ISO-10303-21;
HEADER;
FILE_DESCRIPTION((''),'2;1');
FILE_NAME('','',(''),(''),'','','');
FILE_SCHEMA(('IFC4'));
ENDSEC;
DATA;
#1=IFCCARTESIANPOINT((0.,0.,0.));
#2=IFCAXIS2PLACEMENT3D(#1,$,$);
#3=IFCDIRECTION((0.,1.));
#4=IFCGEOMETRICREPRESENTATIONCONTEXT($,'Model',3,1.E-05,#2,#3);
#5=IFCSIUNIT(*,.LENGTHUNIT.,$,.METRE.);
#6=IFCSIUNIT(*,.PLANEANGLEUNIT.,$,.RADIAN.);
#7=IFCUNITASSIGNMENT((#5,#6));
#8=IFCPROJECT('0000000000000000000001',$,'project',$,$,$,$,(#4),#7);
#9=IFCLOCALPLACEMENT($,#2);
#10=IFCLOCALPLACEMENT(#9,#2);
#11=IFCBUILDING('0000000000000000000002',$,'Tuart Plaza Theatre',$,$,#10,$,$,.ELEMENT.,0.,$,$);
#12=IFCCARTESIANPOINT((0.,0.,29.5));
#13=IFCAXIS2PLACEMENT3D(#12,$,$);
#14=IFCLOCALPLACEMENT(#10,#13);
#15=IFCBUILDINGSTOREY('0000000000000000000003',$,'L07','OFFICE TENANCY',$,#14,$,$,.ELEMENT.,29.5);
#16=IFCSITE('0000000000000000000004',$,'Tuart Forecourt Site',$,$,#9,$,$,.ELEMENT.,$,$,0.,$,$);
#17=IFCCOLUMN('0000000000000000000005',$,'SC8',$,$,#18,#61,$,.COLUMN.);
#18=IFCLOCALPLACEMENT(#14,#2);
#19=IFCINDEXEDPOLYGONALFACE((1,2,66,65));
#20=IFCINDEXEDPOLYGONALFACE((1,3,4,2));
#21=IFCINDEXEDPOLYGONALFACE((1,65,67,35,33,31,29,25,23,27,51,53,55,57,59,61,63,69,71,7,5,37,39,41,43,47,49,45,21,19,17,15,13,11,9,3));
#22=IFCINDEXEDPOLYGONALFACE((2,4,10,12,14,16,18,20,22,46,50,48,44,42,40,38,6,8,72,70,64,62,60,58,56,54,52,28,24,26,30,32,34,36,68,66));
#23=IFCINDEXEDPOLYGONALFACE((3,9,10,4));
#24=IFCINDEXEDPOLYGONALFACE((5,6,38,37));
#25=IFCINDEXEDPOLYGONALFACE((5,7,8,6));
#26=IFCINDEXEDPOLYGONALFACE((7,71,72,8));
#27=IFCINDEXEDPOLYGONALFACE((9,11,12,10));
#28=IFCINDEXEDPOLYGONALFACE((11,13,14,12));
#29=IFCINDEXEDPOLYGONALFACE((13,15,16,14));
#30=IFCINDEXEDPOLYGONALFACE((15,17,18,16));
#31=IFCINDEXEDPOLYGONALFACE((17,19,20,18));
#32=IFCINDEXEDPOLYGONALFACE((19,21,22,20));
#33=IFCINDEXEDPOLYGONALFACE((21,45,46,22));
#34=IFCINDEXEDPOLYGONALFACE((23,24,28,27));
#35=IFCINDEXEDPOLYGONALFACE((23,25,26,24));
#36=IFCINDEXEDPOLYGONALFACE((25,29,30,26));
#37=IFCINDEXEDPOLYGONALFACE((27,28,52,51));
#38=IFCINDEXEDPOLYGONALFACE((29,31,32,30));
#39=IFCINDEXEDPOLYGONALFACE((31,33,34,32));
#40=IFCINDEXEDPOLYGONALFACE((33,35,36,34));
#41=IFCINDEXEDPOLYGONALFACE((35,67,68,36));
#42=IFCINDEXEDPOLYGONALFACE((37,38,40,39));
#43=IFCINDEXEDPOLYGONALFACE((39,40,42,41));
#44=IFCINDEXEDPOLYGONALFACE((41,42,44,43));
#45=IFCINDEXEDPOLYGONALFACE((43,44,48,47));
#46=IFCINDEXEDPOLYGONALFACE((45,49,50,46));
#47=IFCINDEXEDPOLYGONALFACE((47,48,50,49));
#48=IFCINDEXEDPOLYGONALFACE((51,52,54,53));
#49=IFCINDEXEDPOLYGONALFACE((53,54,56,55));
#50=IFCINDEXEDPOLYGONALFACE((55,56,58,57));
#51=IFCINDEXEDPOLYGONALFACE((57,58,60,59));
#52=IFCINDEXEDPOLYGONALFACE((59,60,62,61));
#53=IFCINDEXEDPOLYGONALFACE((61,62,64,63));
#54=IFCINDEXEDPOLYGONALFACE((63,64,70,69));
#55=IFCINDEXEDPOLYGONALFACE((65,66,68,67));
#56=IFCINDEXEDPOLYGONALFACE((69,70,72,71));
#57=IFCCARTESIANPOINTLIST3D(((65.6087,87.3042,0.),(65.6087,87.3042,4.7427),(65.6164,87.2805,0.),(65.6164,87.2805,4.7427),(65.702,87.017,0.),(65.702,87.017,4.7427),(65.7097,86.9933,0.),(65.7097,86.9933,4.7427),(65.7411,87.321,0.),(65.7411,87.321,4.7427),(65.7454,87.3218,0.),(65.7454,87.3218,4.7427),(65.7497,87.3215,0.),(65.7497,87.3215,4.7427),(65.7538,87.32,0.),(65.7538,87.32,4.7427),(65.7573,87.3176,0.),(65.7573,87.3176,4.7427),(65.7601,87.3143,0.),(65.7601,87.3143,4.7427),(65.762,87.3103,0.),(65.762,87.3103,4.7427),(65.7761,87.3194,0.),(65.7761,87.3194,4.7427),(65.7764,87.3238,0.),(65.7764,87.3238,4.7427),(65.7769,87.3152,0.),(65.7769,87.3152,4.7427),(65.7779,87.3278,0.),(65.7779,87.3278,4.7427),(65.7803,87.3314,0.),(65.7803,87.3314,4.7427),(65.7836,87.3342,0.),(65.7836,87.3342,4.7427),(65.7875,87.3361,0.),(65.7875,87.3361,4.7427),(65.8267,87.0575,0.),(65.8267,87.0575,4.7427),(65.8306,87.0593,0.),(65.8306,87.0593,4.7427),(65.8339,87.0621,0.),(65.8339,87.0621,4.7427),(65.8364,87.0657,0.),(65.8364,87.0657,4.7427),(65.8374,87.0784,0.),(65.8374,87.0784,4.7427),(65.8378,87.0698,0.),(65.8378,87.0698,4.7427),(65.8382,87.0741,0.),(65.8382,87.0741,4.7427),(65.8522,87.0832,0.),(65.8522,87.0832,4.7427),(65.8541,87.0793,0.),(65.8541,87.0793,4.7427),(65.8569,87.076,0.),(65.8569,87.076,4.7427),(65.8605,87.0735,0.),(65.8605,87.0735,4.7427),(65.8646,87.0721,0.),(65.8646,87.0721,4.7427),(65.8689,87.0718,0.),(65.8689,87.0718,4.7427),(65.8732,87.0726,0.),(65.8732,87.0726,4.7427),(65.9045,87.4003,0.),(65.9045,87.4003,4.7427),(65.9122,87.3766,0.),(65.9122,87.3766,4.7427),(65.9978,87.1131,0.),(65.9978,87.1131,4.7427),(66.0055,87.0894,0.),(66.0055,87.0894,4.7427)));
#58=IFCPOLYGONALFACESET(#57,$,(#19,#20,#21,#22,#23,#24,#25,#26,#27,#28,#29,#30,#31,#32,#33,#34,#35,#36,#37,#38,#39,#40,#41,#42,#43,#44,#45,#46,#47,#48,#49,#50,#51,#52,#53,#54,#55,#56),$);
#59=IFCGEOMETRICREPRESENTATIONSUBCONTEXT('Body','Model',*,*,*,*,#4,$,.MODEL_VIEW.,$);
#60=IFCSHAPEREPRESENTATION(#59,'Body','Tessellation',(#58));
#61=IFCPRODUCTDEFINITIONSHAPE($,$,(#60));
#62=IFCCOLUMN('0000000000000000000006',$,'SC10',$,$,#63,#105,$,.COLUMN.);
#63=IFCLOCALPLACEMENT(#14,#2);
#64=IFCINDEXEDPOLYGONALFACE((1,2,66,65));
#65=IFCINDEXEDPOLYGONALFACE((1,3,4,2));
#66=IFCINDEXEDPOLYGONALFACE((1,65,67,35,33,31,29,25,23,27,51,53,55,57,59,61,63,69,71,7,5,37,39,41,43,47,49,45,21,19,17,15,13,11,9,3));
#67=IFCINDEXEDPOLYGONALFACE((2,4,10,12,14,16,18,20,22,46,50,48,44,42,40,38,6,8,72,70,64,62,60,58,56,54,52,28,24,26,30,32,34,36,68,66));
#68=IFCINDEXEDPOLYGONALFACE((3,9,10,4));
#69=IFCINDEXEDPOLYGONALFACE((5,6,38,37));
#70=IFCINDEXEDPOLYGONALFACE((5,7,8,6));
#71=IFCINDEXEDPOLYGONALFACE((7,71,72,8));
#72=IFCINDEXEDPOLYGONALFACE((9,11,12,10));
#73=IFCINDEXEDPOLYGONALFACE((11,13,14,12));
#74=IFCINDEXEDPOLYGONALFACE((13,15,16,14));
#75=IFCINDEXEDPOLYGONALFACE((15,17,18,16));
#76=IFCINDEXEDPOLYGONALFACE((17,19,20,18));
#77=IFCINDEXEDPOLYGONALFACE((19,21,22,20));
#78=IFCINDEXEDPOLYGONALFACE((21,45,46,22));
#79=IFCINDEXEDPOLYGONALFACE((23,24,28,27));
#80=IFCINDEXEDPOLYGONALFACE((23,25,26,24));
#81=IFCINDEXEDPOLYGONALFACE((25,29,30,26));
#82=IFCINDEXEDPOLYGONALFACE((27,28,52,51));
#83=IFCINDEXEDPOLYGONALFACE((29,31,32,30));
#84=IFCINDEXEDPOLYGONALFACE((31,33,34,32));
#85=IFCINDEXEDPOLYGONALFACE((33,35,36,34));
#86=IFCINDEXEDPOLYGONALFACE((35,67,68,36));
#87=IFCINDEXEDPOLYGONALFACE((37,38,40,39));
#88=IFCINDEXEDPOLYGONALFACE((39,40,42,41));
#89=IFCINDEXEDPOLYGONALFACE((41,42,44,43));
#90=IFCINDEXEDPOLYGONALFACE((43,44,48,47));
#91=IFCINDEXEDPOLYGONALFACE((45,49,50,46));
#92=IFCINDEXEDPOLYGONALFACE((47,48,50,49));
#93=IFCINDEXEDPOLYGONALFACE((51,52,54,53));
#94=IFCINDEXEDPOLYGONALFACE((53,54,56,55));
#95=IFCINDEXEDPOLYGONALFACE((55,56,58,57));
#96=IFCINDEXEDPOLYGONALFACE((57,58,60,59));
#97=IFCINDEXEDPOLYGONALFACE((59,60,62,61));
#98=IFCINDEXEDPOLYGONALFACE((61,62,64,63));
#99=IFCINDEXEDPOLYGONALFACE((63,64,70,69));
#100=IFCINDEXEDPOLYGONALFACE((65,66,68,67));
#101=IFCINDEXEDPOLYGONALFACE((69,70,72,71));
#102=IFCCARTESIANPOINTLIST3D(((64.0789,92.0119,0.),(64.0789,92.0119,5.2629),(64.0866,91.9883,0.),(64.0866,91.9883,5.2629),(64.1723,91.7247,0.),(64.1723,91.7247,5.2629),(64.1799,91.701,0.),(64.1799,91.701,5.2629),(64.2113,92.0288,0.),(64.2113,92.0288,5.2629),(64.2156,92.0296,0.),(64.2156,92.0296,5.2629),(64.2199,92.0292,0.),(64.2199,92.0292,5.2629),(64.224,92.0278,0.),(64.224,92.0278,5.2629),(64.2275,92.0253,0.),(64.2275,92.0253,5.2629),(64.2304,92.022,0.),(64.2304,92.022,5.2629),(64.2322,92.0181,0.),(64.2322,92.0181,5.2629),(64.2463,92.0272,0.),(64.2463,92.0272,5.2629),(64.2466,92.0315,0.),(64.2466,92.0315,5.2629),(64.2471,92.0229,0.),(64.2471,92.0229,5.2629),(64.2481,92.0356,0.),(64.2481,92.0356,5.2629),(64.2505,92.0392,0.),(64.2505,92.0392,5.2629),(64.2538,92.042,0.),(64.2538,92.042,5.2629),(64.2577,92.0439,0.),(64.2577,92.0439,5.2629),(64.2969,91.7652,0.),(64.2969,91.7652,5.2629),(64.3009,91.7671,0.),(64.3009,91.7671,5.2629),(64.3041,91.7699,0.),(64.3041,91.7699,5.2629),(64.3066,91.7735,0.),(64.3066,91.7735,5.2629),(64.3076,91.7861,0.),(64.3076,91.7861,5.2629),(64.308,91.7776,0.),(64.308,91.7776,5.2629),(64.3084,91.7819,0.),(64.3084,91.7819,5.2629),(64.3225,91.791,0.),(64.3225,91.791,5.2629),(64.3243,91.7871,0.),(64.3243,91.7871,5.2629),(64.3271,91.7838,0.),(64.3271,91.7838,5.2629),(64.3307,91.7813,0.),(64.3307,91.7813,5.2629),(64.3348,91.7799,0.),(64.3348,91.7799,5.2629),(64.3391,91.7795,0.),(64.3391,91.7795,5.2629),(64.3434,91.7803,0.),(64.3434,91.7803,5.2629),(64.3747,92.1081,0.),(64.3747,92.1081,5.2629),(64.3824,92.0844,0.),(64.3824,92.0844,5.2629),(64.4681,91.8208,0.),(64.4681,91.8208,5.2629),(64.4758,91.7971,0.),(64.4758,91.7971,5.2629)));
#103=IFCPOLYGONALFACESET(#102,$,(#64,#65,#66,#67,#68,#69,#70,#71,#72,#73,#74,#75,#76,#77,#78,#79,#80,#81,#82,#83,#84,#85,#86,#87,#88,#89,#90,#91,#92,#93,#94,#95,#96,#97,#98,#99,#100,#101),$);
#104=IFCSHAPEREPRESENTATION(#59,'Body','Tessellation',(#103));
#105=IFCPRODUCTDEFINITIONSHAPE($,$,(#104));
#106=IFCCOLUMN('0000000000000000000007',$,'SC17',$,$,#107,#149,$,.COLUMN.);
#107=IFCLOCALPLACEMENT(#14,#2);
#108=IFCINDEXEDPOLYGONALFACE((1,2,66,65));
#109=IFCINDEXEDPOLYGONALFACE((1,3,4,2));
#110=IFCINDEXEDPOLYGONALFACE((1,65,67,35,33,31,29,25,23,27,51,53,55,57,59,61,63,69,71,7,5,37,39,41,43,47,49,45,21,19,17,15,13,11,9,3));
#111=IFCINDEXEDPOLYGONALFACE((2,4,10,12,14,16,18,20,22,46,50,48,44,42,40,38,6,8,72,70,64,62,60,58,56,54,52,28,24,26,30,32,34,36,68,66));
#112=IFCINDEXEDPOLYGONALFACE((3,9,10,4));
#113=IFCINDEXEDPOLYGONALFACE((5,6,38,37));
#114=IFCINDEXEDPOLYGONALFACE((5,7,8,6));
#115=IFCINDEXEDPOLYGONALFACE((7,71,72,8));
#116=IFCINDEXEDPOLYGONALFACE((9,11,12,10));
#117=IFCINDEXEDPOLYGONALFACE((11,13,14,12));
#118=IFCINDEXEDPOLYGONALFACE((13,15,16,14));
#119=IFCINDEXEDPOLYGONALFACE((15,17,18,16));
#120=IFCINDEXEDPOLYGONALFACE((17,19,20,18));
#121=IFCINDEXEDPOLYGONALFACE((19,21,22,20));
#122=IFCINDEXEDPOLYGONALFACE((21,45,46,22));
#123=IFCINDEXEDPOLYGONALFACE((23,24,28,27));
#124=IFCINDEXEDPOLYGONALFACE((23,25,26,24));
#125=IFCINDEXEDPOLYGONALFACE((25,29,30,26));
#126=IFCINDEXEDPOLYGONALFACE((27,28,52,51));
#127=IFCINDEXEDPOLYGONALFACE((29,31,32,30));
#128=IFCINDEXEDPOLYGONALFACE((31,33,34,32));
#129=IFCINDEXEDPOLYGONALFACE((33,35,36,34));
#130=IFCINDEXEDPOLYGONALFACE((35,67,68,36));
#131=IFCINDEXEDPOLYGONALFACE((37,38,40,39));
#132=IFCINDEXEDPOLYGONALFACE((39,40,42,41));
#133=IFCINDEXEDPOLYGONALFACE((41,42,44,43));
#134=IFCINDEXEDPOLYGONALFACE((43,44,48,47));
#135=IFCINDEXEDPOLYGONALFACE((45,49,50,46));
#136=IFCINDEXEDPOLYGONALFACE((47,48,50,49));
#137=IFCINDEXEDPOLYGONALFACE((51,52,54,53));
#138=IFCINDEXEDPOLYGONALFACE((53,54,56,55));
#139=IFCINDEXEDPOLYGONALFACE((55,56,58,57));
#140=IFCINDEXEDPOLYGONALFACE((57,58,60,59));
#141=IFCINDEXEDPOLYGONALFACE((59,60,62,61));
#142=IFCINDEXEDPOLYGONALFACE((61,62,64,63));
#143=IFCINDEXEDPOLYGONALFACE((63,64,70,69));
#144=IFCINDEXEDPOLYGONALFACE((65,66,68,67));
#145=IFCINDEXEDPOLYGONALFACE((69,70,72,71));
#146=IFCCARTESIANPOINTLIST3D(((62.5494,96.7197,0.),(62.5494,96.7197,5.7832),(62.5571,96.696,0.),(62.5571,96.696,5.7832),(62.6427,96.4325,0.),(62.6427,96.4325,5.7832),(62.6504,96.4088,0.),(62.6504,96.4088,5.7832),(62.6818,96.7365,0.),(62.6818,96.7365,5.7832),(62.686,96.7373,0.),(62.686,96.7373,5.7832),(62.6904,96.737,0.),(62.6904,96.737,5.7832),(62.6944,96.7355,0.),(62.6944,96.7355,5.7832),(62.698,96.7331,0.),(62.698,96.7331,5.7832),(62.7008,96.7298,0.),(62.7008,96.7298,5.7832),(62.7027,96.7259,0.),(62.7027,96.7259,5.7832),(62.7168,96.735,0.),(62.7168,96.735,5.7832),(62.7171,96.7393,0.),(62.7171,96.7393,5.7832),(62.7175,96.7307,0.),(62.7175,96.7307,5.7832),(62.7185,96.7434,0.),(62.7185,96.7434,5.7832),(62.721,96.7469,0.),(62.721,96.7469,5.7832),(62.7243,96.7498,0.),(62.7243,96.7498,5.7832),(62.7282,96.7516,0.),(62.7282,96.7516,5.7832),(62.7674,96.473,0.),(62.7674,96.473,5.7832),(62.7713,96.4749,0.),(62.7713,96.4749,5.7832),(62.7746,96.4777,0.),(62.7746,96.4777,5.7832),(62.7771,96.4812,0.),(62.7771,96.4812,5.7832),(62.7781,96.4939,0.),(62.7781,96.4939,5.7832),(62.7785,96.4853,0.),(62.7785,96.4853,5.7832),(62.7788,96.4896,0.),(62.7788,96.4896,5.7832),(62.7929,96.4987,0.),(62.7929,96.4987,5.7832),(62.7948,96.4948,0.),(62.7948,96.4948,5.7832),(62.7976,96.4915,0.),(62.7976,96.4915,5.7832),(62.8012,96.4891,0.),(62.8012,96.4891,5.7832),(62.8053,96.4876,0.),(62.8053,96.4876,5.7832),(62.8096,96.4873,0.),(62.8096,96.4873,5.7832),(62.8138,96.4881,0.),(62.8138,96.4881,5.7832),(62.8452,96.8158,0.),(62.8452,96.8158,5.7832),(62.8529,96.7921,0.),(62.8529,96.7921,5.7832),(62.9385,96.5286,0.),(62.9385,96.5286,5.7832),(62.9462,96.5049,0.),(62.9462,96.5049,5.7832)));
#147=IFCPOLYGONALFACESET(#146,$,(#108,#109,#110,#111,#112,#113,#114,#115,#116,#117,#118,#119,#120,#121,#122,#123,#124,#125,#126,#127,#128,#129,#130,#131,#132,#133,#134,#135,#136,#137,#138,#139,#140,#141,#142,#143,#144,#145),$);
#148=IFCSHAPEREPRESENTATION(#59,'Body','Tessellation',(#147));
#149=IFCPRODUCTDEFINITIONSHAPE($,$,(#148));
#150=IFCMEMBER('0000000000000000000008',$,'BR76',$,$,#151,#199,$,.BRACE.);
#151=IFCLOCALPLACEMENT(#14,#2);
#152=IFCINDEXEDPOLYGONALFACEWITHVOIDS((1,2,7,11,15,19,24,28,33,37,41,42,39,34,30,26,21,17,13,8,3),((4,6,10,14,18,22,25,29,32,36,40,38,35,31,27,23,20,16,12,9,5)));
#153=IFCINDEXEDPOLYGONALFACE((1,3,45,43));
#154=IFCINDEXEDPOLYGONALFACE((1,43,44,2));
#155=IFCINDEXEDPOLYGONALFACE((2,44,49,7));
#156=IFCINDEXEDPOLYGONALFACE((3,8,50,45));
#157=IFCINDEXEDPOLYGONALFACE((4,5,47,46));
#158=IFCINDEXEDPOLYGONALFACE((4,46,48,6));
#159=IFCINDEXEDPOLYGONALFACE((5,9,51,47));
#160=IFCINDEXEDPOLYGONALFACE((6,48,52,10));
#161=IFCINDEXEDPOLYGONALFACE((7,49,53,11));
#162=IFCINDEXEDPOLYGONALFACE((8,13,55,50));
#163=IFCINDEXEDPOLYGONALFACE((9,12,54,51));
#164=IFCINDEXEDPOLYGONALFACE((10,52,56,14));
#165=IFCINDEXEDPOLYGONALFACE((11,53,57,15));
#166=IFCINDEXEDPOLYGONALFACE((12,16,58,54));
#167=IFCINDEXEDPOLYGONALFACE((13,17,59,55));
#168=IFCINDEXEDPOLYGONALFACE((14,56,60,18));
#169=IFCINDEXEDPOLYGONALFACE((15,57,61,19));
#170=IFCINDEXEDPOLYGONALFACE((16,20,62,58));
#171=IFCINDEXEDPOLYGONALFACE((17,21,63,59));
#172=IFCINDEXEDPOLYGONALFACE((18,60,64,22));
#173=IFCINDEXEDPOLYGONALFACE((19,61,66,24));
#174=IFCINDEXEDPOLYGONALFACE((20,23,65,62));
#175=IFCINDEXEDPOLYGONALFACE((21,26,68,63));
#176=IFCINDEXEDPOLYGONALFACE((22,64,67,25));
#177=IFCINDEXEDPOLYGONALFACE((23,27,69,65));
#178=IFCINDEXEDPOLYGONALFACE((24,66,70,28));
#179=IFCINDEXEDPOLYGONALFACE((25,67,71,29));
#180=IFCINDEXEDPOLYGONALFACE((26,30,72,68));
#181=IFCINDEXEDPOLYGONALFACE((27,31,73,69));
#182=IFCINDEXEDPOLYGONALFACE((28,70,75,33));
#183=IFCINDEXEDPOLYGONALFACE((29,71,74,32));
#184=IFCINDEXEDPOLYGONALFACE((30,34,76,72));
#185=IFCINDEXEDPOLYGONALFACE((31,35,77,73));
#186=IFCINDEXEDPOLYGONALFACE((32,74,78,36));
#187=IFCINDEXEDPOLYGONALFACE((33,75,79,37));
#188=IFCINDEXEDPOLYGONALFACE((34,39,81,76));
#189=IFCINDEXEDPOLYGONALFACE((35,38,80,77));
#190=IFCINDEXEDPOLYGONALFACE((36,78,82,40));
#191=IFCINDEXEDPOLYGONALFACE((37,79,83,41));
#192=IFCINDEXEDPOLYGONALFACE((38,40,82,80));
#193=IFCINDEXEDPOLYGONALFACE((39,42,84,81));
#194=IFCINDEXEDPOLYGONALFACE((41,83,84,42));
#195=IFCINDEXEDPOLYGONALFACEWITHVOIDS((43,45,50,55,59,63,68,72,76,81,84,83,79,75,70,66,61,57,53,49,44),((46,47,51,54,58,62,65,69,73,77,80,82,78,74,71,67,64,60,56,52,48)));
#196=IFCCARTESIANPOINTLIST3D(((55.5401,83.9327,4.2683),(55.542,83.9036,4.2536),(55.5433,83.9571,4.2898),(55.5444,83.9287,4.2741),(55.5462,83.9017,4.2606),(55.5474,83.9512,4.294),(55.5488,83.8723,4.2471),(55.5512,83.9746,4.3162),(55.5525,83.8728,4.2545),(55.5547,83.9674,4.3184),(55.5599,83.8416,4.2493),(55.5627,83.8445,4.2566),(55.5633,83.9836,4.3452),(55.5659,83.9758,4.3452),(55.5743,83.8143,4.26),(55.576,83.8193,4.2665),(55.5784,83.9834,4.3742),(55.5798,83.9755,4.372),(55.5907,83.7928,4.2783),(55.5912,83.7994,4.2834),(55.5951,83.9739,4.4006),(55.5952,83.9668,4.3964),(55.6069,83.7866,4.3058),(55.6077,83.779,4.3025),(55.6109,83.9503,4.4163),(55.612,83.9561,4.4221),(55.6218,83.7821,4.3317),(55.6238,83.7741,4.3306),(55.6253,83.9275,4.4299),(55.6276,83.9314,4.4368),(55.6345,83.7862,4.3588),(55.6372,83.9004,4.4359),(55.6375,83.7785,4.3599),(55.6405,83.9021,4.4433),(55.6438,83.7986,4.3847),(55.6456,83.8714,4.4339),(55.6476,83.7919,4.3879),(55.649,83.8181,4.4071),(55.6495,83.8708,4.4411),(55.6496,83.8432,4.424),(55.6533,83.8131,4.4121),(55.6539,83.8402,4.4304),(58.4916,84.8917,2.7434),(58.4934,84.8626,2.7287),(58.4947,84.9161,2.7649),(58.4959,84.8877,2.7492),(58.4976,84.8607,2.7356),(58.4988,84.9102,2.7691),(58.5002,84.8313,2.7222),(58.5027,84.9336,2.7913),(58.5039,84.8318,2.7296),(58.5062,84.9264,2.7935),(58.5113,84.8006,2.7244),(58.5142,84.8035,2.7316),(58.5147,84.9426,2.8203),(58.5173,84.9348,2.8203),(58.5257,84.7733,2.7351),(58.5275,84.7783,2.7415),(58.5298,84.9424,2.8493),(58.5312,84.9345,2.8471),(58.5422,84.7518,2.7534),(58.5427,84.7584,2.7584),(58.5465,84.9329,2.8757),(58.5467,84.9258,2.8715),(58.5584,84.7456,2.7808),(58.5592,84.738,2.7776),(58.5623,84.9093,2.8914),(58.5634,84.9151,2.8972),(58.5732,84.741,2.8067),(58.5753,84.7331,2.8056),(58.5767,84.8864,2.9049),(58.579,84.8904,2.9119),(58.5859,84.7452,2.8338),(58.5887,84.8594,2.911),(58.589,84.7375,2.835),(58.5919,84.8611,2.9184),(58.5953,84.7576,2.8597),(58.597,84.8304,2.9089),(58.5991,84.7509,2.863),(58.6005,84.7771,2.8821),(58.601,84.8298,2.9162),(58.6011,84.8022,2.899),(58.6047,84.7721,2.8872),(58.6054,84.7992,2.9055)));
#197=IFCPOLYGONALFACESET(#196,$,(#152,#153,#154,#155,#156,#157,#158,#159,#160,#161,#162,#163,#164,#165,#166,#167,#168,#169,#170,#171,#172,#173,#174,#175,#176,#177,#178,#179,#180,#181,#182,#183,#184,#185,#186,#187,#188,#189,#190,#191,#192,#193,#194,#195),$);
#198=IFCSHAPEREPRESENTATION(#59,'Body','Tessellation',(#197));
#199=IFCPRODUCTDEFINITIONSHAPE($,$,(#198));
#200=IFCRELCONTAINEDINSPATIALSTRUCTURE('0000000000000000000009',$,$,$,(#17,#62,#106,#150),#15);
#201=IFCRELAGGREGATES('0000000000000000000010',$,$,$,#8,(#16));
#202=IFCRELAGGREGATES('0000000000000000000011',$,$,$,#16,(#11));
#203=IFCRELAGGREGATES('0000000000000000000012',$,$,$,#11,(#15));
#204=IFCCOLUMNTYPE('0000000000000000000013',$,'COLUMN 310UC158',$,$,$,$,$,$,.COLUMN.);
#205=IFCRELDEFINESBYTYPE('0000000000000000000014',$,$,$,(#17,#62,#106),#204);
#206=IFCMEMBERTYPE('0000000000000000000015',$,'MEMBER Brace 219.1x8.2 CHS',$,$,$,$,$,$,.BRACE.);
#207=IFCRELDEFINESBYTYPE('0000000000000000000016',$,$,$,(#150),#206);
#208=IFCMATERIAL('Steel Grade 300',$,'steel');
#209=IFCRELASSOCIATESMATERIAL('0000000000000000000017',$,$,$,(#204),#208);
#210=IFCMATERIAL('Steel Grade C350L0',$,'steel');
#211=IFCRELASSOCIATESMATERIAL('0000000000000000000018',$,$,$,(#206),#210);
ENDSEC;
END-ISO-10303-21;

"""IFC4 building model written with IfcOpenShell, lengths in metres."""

from ifc_helpers import new_model, si_unit, direction, frame, origin, origin_2d, place, context, subcontext, project, spatial, hollow_circle, i_section, extrude, material, material_profile, profile_set, type_object, element, save


model = new_model("IFC4")

# Units and contexts
model_context = context("Model", 3, precision=1e-05, world=origin(), true_north=direction((0.0, 1.0)))
body_context = subcontext(model_context, "Body", "Model", "MODEL_VIEW")
ifc_project = project(units=[si_unit("LENGTHUNIT", "METRE"), si_unit("PLANEANGLEUNIT", "RADIAN")], contexts=[model_context])

# Site, building, storey
site_placement = place(None, origin())
site = spatial("IfcSite", under=ifc_project, at=site_placement, Name="Tuart Forecourt Site", CompositionType="ELEMENT", RefElevation=0.0)
building_placement = place(site_placement, origin())
building = spatial("IfcBuilding", under=site, at=building_placement, Name="Tuart Plaza Theatre", CompositionType="ELEMENT", ElevationOfRefHeight=0.0)
storey_placement = place(building_placement, frame((0.0, 0.0, 29.5)))
storey = spatial("IfcBuildingStorey", under=building, at=storey_placement, Name="L07", Description="OFFICE TENANCY", CompositionType="ELEMENT", Elevation=29.5)

# Columns
ifc_material_1 = material(Name="Steel Grade 300", Category="steel")
ifc_material_profile_1 = material_profile(ifc_material_1, i_section(OverallWidth=0.311, OverallDepth=0.3269, WebThickness=0.0156, FlangeThickness=0.0249, FilletRadius=0.0166, at=origin_2d()), Name="310UC158")
ifc_profile_set_1 = profile_set([ifc_material_profile_1], Name="Steel Grade 300")
column_type = type_object("IfcColumnType", Name="COLUMN 310UC158", PredefinedType="COLUMN", material=ifc_profile_set_1)
column_1_placement = place(storey_placement, frame((65.8071, 87.1968, 0.0), z_axis=(0.0, 0.0, 1.0), x_axis=(0.951057, 0.309017, 0.0)))
element("IfcColumn", 1, at=column_1_placement, inside=storey, type_object=column_type, Name="SC8", PredefinedType="COLUMN", context=body_context, shape_type="SweptSolid", body=[
    extrude(i_section(OverallWidth=0.311, OverallDepth=0.3269, WebThickness=0.0156, FlangeThickness=0.0249, FilletRadius=0.0166, at=origin_2d()), origin(), (0.0, 0.0, 1.0), 4.7427),
])
column_2_placement = place(storey_placement, frame((64.2773, 91.9045, 0.0), z_axis=(0.0, 0.0, 1.0), x_axis=(0.951057, 0.309017, 0.0)))
element("IfcColumn", 2, at=column_2_placement, inside=storey, type_object=column_type, Name="SC10", PredefinedType="COLUMN", context=body_context, shape_type="SweptSolid", body=[
    extrude(i_section(OverallWidth=0.311, OverallDepth=0.3269, WebThickness=0.0156, FlangeThickness=0.0249, FilletRadius=0.0166, at=origin_2d()), origin(), (0.0, 0.0, 1.0), 5.2629),
])
column_3_placement = place(storey_placement, frame((62.7478, 96.6123, 0.0), z_axis=(0.0, 0.0, 1.0), x_axis=(0.951057, 0.309017, 0.0)))
element("IfcColumn", 3, at=column_3_placement, inside=storey, type_object=column_type, Name="SC17", PredefinedType="COLUMN", context=body_context, shape_type="SweptSolid", body=[
    extrude(i_section(OverallWidth=0.311, OverallDepth=0.3269, WebThickness=0.0156, FlangeThickness=0.0249, FilletRadius=0.0166, at=origin_2d()), origin(), (0.0, 0.0, 1.0), 5.7832),
])

# Member
ifc_material_2 = material(Name="Steel Grade C350L0", Category="steel")
ifc_material_profile_2 = material_profile(ifc_material_2, hollow_circle(Radius=0.1096, WallThickness=0.0083, at=origin_2d()), Name="219.1x8.2 CHS")
ifc_profile_set_2 = profile_set([ifc_material_profile_2], Name="Steel Grade C350L0")
member_type_1 = type_object("IfcMemberType", Name="MEMBER Brace 219.1x8.2 CHS", PredefinedType="BRACE", material=ifc_profile_set_2)
member_1_placement = place(storey_placement, frame((55.5972, 83.8794, 4.3452), z_axis=(0.853573, 0.277346, -0.441014), x_axis=(-0.30902, 0.951055, 0.0)))
element("IfcMember", 4, at=member_1_placement, inside=storey, type_object=member_type_1, Name="BR76", PredefinedType="BRACE", context=body_context, shape_type="SweptSolid", body=[
    extrude(hollow_circle(Radius=0.1096, WallThickness=0.0083, at=origin_2d()), origin(), (0.0, 0.0, 1.0), 3.4578),
])

save(model, "model.ifc")
